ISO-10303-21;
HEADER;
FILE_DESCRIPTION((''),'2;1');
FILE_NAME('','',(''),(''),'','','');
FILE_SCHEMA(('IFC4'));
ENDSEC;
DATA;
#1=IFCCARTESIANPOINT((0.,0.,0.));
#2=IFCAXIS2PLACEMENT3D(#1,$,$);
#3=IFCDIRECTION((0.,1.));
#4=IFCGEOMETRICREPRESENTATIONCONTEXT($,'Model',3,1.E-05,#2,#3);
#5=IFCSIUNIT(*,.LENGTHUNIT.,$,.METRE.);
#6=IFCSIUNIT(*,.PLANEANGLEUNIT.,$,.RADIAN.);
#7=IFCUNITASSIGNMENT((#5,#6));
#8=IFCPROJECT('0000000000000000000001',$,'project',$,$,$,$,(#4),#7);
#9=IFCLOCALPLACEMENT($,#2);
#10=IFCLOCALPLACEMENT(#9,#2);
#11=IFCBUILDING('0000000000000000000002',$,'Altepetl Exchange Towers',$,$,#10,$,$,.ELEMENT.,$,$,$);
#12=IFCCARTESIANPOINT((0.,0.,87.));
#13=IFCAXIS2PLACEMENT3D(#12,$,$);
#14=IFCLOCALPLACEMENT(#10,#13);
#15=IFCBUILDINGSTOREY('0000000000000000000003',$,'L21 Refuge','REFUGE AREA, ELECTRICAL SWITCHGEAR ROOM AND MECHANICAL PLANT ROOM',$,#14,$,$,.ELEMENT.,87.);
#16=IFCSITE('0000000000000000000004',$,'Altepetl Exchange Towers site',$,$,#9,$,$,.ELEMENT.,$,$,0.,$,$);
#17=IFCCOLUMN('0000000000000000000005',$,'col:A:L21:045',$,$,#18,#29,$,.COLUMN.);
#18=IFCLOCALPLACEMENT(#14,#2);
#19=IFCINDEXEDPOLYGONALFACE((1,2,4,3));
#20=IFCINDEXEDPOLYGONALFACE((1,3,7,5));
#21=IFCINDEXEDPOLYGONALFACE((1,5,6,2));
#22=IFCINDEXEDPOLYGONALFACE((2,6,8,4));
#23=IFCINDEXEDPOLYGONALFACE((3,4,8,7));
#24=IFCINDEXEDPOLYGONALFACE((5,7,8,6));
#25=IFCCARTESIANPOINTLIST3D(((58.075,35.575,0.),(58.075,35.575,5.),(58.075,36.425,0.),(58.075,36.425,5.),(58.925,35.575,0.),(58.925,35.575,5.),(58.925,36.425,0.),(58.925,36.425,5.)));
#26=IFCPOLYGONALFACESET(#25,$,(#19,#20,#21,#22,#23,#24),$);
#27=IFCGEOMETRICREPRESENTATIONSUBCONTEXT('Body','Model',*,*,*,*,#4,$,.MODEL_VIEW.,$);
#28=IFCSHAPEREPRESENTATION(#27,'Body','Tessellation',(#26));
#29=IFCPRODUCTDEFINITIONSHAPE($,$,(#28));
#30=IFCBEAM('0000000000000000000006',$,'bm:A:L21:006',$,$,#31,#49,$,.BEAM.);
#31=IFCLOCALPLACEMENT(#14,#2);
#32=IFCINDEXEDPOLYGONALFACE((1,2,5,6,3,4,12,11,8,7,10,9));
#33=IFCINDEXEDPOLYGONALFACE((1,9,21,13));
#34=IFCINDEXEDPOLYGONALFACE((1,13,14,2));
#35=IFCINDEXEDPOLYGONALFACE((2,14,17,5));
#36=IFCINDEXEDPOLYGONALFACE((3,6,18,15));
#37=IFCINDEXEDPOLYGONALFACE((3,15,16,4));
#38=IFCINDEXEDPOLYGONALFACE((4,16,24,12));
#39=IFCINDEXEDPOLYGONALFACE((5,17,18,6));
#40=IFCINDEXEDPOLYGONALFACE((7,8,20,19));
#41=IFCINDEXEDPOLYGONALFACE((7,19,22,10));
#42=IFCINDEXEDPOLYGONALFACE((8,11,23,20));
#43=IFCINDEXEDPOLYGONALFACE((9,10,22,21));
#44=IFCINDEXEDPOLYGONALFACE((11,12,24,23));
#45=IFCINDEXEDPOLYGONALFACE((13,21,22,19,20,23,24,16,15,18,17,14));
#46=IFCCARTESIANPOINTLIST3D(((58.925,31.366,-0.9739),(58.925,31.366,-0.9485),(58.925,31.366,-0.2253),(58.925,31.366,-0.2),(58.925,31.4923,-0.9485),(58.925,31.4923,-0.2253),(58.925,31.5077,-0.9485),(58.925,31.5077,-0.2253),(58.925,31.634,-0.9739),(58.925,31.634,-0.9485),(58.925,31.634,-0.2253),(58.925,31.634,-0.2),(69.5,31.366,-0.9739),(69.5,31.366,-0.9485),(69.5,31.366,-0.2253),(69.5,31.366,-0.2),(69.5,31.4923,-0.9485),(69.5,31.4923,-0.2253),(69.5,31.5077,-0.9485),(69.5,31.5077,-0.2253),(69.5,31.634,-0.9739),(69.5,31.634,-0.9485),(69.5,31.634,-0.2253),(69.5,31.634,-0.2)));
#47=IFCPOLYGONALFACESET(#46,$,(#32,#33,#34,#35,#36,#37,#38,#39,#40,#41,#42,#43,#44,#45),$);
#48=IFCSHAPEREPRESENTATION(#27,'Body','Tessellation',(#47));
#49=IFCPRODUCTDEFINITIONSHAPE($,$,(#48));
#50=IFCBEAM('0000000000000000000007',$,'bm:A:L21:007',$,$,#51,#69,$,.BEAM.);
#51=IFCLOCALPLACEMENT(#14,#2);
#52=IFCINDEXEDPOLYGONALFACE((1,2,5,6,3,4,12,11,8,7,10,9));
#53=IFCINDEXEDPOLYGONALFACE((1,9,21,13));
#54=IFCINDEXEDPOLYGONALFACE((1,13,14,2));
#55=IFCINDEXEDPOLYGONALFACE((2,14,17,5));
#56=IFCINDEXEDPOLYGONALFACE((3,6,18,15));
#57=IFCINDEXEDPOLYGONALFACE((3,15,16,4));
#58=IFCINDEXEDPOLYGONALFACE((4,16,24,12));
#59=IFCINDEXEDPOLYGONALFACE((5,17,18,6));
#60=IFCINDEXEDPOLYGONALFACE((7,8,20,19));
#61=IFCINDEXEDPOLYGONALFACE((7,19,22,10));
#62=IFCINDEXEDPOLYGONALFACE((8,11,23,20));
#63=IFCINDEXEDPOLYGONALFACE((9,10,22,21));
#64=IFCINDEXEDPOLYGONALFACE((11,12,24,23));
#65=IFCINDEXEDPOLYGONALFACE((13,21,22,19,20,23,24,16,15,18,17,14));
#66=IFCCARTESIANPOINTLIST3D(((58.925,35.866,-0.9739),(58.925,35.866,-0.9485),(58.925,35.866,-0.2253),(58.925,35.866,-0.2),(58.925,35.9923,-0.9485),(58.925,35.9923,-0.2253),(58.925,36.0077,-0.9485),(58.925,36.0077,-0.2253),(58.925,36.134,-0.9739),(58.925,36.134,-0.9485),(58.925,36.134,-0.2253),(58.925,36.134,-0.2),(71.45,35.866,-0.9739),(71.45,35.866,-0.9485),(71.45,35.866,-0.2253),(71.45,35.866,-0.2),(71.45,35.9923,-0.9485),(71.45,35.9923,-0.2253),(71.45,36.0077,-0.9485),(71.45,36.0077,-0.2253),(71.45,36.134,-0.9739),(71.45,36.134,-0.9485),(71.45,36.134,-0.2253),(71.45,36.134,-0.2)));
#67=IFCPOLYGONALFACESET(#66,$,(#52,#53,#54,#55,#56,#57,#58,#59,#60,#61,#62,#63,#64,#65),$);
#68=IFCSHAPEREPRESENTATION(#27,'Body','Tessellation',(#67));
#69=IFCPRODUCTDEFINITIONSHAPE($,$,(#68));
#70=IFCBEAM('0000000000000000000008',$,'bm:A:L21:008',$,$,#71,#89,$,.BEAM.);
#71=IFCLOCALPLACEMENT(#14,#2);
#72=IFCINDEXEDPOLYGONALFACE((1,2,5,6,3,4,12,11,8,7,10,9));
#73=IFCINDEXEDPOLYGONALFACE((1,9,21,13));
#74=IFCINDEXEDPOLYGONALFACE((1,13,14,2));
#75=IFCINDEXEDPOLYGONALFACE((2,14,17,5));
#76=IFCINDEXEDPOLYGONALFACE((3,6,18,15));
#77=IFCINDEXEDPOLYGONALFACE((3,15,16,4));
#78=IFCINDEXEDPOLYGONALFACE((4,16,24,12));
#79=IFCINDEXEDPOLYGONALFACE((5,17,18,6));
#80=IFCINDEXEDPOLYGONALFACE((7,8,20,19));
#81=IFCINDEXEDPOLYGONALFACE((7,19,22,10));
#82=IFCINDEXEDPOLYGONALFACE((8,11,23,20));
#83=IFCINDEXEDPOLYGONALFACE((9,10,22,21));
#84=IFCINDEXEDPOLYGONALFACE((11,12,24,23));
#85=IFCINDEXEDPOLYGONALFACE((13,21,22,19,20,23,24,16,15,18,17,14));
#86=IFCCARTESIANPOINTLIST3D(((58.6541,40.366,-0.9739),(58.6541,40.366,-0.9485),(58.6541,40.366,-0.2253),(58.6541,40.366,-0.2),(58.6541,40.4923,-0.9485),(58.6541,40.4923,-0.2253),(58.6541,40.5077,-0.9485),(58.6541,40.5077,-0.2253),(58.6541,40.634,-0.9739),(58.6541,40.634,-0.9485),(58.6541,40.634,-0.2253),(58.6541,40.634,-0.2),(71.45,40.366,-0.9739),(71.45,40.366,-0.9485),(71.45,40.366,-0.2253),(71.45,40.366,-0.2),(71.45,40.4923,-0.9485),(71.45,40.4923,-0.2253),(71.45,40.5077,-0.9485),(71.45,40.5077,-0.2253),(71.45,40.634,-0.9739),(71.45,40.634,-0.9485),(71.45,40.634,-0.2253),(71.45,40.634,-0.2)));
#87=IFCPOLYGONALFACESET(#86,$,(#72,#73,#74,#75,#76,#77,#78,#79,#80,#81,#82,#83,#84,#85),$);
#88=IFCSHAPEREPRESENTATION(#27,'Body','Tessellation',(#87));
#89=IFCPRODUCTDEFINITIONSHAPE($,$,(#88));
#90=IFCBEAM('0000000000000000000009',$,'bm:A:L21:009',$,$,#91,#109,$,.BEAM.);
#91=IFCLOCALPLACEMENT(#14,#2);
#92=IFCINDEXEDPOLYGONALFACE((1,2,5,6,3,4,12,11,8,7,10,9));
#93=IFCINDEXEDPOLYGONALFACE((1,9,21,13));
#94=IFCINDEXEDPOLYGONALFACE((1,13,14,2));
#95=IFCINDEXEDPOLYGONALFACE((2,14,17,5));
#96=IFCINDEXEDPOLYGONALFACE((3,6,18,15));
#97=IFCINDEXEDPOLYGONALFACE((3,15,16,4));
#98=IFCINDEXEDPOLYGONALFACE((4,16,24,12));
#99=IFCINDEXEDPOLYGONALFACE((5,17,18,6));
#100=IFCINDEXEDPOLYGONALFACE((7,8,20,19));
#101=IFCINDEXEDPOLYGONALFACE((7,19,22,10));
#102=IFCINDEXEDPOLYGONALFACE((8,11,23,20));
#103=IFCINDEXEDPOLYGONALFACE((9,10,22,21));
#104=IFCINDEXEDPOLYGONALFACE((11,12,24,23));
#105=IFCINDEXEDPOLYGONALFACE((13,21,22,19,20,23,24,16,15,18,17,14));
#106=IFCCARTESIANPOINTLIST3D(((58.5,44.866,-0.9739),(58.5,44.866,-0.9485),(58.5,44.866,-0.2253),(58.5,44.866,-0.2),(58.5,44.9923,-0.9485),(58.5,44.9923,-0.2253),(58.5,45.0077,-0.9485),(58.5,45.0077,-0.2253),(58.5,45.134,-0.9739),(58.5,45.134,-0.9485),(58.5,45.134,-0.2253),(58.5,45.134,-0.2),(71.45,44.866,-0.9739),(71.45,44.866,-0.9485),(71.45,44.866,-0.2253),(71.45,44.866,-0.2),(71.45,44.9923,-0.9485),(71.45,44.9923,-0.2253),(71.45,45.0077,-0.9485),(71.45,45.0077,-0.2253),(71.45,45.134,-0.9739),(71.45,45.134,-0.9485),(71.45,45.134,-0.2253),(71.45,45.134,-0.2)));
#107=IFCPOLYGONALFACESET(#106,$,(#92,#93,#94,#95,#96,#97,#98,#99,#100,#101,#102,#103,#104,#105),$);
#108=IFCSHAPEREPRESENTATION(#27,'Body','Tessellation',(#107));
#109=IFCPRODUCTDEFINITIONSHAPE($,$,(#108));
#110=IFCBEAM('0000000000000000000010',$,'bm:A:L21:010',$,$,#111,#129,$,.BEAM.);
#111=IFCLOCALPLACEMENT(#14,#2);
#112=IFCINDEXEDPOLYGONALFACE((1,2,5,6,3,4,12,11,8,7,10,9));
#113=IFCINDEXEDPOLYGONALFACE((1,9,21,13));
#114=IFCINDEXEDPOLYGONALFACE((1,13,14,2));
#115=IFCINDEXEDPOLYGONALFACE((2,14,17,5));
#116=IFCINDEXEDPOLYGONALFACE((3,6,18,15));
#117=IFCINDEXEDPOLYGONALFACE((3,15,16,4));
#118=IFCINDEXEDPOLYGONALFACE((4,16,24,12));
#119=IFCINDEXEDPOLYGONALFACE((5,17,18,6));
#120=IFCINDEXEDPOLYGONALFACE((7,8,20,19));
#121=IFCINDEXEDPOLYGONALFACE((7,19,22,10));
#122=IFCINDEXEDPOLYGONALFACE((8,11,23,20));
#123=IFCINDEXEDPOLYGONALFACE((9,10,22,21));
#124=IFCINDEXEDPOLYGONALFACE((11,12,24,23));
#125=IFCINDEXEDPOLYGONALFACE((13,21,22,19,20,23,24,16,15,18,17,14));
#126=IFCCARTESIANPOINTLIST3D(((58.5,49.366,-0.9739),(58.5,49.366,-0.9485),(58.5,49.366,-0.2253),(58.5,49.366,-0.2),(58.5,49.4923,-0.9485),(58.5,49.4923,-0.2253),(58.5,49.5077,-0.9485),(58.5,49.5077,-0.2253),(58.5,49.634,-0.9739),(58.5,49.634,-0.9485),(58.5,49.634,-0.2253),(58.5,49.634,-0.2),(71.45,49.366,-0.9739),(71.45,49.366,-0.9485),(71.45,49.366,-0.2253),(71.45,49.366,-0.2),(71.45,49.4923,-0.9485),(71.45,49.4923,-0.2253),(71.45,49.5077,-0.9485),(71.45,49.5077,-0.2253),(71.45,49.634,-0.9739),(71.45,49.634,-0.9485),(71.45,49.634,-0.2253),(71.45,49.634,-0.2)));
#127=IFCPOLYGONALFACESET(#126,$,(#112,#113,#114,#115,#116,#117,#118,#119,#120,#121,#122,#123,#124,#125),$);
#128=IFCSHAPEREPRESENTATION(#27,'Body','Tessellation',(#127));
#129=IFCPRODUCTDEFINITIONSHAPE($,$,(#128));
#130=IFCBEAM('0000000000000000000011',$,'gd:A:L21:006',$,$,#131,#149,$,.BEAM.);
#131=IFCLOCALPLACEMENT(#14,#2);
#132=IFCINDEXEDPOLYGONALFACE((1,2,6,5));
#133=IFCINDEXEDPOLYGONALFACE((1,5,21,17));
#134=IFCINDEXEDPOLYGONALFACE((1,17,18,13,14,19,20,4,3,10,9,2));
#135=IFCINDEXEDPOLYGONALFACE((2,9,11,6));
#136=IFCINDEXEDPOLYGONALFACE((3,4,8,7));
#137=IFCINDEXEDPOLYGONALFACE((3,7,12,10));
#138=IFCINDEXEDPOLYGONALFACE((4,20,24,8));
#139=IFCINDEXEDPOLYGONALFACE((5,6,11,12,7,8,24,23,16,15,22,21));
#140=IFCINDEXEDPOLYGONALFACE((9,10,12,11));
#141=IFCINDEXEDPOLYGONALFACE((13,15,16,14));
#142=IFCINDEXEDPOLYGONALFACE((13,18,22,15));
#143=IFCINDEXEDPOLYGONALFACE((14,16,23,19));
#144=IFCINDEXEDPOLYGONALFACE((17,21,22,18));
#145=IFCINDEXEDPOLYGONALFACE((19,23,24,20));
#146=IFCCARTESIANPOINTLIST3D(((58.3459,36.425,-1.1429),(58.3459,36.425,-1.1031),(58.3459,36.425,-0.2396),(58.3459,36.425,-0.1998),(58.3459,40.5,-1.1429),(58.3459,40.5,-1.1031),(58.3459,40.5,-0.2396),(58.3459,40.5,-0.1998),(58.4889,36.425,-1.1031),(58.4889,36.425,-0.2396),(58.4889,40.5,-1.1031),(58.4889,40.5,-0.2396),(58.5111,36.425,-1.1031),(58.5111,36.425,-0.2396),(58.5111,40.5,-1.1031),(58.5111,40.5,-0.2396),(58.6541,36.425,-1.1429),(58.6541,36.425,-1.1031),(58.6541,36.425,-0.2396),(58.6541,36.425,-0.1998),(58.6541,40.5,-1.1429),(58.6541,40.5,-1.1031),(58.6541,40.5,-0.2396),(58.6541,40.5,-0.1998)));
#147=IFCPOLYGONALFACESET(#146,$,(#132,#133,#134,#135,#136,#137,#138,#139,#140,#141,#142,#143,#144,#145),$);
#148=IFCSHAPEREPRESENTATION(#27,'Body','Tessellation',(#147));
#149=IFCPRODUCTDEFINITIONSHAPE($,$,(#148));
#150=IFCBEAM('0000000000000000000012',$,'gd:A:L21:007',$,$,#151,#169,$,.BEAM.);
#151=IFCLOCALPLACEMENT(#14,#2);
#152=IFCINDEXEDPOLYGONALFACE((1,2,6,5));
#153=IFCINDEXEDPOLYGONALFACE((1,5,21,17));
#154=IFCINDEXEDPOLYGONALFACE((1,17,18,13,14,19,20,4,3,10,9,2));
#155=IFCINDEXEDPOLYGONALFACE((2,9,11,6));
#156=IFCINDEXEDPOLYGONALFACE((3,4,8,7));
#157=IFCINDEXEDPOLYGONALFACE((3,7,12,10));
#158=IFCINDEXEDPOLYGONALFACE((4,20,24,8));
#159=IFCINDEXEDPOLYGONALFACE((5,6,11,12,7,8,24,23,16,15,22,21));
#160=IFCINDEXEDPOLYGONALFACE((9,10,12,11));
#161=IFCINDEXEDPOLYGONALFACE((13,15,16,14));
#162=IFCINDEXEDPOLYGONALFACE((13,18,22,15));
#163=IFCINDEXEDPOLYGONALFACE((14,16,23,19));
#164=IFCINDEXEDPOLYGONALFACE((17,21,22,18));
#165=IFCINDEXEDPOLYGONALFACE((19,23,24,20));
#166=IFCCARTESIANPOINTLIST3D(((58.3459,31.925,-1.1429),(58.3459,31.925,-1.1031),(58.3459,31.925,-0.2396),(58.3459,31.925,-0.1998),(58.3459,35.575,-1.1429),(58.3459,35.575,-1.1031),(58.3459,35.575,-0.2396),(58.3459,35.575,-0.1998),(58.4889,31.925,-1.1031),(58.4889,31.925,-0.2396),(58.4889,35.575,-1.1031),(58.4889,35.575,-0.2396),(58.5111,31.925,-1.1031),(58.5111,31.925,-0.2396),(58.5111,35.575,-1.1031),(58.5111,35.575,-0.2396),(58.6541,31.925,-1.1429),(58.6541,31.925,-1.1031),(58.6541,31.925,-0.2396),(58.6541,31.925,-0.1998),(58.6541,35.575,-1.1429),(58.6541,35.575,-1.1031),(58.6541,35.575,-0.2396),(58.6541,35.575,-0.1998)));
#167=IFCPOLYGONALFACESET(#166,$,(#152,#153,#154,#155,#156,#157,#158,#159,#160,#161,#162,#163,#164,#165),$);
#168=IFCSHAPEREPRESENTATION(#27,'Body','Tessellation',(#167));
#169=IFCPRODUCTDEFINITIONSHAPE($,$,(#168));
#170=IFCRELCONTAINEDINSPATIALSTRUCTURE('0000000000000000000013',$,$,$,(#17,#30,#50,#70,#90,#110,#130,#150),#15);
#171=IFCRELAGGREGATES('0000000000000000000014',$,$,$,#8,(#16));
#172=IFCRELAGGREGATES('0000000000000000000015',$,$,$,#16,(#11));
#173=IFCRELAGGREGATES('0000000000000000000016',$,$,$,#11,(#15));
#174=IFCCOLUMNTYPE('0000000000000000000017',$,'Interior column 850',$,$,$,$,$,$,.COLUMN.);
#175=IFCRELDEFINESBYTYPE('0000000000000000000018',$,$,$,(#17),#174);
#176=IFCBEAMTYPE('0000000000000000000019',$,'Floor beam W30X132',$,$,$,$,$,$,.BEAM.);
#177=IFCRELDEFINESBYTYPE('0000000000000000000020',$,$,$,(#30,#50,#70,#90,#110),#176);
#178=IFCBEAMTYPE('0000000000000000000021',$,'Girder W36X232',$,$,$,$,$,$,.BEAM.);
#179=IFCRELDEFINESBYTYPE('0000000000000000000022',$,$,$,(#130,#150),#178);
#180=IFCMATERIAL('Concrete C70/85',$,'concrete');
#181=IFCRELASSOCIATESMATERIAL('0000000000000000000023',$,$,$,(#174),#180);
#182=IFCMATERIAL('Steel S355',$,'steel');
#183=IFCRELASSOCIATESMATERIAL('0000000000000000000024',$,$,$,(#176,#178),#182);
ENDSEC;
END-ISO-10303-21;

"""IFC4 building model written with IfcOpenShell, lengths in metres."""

from ifc_helpers import new_model, si_unit, direction, frame, origin, origin_2d, place, context, subcontext, project, spatial, rectangle, i_section, extrude, material, material_profile, profile_set, type_object, element, save


model = new_model("IFC4")

# Units and contexts
model_context = context("Model", 3, precision=1e-05, world=origin(), true_north=direction((0.0, 1.0)))
body_context = subcontext(model_context, "Body", "Model", "MODEL_VIEW")
ifc_project = project(units=[si_unit("LENGTHUNIT", "METRE"), si_unit("PLANEANGLEUNIT", "RADIAN")], contexts=[model_context])

# Site, building, storey
site_placement = place(None, origin())
site = spatial("IfcSite", under=ifc_project, at=site_placement, Name="Altepetl Exchange Towers site", CompositionType="ELEMENT", RefElevation=0.0)
building_placement = place(site_placement, origin())
building = spatial("IfcBuilding", under=site, at=building_placement, Name="Altepetl Exchange Towers", CompositionType="ELEMENT")
storey_placement = place(building_placement, frame((0.0, 0.0, 87.0)))
storey = spatial("IfcBuildingStorey", under=building, at=storey_placement, Name="L21 Refuge", Description="REFUGE AREA, ELECTRICAL SWITCHGEAR ROOM AND MECHANICAL PLANT ROOM", CompositionType="ELEMENT", Elevation=87.0)

# Column
ifc_material_1 = material(Name="Concrete C70/85", Category="concrete")
ifc_material_profile_1 = material_profile(ifc_material_1, rectangle(XDim=0.8501, YDim=0.8501, at=origin_2d()), Name="850 x 850")
ifc_profile_set_1 = profile_set([ifc_material_profile_1], Name="Concrete C70/85")
column_type = type_object("IfcColumnType", Name="Interior column 850", PredefinedType="COLUMN", material=ifc_profile_set_1)
column_placement = place(storey_placement, frame((58.5, 36.0, 0.0)))
element("IfcColumn", 1, at=column_placement, inside=storey, type_object=column_type, Name="col:A:L21:045", PredefinedType="COLUMN", context=body_context, shape_type="SweptSolid", body=[
    extrude(rectangle(XDim=0.8501, YDim=0.8501, at=origin_2d()), origin(), (0.0, 0.0, 1.0), 5.0),
])

# Beams
ifc_material_2 = material(Name="Steel S355", Category="steel")
ifc_material_profile_2 = material_profile(ifc_material_2, i_section(OverallWidth=0.2681, OverallDepth=0.7739, WebThickness=0.0154, FlangeThickness=0.0254, at=origin_2d()), Name="W30X132")
ifc_profile_set_2 = profile_set([ifc_material_profile_2], Name="Steel S355")
beam_type_1 = type_object("IfcBeamType", Name="Floor beam W30X132", PredefinedType="BEAM", material=ifc_profile_set_2)
beam_1_placement = place(storey_placement, frame((58.925, 31.5, -0.5869), z_axis=(1.0, 0.0, 0.0), x_axis=(0.0, 1.0, 0.0)))
element("IfcBeam", 2, at=beam_1_placement, inside=storey, type_object=beam_type_1, Name="bm:A:L21:006", PredefinedType="BEAM", context=body_context, shape_type="SweptSolid", body=[
    extrude(i_section(OverallWidth=0.2681, OverallDepth=0.7739, WebThickness=0.0154, FlangeThickness=0.0254, at=origin_2d()), origin(), (0.0, 0.0, 1.0), 10.575),
])
beam_2_placement = place(storey_placement, frame((58.925, 36.0, -0.5869), z_axis=(1.0, 0.0, 0.0), x_axis=(0.0, 1.0, 0.0)))
element("IfcBeam", 3, at=beam_2_placement, inside=storey, type_object=beam_type_1, Name="bm:A:L21:007", PredefinedType="BEAM", context=body_context, shape_type="SweptSolid", body=[
    extrude(i_section(OverallWidth=0.2681, OverallDepth=0.7739, WebThickness=0.0154, FlangeThickness=0.0254, at=origin_2d()), origin(), (0.0, 0.0, 1.0), 12.5249),
])
beam_3_placement = place(storey_placement, frame((58.6541, 40.5, -0.5869), z_axis=(1.0, 0.0, 0.0), x_axis=(0.0, 1.0, 0.0)))
element("IfcBeam", 4, at=beam_3_placement, inside=storey, type_object=beam_type_1, Name="bm:A:L21:008", PredefinedType="BEAM", context=body_context, shape_type="SweptSolid", body=[
    extrude(i_section(OverallWidth=0.2681, OverallDepth=0.7739, WebThickness=0.0154, FlangeThickness=0.0254, at=origin_2d()), origin(), (0.0, 0.0, 1.0), 12.7959),
])
for number, where, z_axis, x_axis, name in (
    (5, (58.5, 45.0, -0.5869), (1.0, 0.0, 0.0), (0.0, 1.0, 0.0), "bm:A:L21:009"),
    (6, (58.5, 49.5, -0.5869), (1.0, 0.0, 0.0), (0.0, 1.0, 0.0), "bm:A:L21:010"),
):
    element("IfcBeam", number, at=place(storey_placement, frame(where, z_axis=z_axis, x_axis=x_axis)), inside=storey, type_object=beam_type_1, Name=name, PredefinedType="BEAM", context=body_context, shape_type="SweptSolid", body=[
        extrude(i_section(OverallWidth=0.2681, OverallDepth=0.7739, WebThickness=0.0154, FlangeThickness=0.0254, at=origin_2d()), origin(), (0.0, 0.0, 1.0), 12.95),
    ])
ifc_material_profile_3 = material_profile(ifc_material_2, i_section(OverallWidth=0.3081, OverallDepth=0.9431, WebThickness=0.0222, FlangeThickness=0.0398, at=origin_2d()), Name="W36X232")
ifc_profile_set_3 = profile_set([ifc_material_profile_3], Name="Steel S355")
beam_type_2 = type_object("IfcBeamType", Name="Girder W36X232", PredefinedType="BEAM", material=ifc_profile_set_3)
beam_4_placement = place(storey_placement, frame((58.5, 40.5, -0.6714), z_axis=(0.0, -1.0, 0.0), x_axis=(1.0, 0.0, 0.0)))
element("IfcBeam", 7, at=beam_4_placement, inside=storey, type_object=beam_type_2, Name="gd:A:L21:006", PredefinedType="BEAM", context=body_context, shape_type="SweptSolid", body=[
    extrude(i_section(OverallWidth=0.3081, OverallDepth=0.9431, WebThickness=0.0222, FlangeThickness=0.0398, at=origin_2d()), origin(), (0.0, 0.0, 1.0), 4.075),
])
beam_5_placement = place(storey_placement, frame((58.5, 35.575, -0.6714), z_axis=(0.0, -1.0, 0.0), x_axis=(1.0, 0.0, 0.0)))
element("IfcBeam", 8, at=beam_5_placement, inside=storey, type_object=beam_type_2, Name="gd:A:L21:007", PredefinedType="BEAM", context=body_context, shape_type="SweptSolid", body=[
    extrude(i_section(OverallWidth=0.3081, OverallDepth=0.9431, WebThickness=0.0222, FlangeThickness=0.0398, at=origin_2d()), origin(), (0.0, 0.0, 1.0), 3.6499),
])

save(model, "model.ifc")
